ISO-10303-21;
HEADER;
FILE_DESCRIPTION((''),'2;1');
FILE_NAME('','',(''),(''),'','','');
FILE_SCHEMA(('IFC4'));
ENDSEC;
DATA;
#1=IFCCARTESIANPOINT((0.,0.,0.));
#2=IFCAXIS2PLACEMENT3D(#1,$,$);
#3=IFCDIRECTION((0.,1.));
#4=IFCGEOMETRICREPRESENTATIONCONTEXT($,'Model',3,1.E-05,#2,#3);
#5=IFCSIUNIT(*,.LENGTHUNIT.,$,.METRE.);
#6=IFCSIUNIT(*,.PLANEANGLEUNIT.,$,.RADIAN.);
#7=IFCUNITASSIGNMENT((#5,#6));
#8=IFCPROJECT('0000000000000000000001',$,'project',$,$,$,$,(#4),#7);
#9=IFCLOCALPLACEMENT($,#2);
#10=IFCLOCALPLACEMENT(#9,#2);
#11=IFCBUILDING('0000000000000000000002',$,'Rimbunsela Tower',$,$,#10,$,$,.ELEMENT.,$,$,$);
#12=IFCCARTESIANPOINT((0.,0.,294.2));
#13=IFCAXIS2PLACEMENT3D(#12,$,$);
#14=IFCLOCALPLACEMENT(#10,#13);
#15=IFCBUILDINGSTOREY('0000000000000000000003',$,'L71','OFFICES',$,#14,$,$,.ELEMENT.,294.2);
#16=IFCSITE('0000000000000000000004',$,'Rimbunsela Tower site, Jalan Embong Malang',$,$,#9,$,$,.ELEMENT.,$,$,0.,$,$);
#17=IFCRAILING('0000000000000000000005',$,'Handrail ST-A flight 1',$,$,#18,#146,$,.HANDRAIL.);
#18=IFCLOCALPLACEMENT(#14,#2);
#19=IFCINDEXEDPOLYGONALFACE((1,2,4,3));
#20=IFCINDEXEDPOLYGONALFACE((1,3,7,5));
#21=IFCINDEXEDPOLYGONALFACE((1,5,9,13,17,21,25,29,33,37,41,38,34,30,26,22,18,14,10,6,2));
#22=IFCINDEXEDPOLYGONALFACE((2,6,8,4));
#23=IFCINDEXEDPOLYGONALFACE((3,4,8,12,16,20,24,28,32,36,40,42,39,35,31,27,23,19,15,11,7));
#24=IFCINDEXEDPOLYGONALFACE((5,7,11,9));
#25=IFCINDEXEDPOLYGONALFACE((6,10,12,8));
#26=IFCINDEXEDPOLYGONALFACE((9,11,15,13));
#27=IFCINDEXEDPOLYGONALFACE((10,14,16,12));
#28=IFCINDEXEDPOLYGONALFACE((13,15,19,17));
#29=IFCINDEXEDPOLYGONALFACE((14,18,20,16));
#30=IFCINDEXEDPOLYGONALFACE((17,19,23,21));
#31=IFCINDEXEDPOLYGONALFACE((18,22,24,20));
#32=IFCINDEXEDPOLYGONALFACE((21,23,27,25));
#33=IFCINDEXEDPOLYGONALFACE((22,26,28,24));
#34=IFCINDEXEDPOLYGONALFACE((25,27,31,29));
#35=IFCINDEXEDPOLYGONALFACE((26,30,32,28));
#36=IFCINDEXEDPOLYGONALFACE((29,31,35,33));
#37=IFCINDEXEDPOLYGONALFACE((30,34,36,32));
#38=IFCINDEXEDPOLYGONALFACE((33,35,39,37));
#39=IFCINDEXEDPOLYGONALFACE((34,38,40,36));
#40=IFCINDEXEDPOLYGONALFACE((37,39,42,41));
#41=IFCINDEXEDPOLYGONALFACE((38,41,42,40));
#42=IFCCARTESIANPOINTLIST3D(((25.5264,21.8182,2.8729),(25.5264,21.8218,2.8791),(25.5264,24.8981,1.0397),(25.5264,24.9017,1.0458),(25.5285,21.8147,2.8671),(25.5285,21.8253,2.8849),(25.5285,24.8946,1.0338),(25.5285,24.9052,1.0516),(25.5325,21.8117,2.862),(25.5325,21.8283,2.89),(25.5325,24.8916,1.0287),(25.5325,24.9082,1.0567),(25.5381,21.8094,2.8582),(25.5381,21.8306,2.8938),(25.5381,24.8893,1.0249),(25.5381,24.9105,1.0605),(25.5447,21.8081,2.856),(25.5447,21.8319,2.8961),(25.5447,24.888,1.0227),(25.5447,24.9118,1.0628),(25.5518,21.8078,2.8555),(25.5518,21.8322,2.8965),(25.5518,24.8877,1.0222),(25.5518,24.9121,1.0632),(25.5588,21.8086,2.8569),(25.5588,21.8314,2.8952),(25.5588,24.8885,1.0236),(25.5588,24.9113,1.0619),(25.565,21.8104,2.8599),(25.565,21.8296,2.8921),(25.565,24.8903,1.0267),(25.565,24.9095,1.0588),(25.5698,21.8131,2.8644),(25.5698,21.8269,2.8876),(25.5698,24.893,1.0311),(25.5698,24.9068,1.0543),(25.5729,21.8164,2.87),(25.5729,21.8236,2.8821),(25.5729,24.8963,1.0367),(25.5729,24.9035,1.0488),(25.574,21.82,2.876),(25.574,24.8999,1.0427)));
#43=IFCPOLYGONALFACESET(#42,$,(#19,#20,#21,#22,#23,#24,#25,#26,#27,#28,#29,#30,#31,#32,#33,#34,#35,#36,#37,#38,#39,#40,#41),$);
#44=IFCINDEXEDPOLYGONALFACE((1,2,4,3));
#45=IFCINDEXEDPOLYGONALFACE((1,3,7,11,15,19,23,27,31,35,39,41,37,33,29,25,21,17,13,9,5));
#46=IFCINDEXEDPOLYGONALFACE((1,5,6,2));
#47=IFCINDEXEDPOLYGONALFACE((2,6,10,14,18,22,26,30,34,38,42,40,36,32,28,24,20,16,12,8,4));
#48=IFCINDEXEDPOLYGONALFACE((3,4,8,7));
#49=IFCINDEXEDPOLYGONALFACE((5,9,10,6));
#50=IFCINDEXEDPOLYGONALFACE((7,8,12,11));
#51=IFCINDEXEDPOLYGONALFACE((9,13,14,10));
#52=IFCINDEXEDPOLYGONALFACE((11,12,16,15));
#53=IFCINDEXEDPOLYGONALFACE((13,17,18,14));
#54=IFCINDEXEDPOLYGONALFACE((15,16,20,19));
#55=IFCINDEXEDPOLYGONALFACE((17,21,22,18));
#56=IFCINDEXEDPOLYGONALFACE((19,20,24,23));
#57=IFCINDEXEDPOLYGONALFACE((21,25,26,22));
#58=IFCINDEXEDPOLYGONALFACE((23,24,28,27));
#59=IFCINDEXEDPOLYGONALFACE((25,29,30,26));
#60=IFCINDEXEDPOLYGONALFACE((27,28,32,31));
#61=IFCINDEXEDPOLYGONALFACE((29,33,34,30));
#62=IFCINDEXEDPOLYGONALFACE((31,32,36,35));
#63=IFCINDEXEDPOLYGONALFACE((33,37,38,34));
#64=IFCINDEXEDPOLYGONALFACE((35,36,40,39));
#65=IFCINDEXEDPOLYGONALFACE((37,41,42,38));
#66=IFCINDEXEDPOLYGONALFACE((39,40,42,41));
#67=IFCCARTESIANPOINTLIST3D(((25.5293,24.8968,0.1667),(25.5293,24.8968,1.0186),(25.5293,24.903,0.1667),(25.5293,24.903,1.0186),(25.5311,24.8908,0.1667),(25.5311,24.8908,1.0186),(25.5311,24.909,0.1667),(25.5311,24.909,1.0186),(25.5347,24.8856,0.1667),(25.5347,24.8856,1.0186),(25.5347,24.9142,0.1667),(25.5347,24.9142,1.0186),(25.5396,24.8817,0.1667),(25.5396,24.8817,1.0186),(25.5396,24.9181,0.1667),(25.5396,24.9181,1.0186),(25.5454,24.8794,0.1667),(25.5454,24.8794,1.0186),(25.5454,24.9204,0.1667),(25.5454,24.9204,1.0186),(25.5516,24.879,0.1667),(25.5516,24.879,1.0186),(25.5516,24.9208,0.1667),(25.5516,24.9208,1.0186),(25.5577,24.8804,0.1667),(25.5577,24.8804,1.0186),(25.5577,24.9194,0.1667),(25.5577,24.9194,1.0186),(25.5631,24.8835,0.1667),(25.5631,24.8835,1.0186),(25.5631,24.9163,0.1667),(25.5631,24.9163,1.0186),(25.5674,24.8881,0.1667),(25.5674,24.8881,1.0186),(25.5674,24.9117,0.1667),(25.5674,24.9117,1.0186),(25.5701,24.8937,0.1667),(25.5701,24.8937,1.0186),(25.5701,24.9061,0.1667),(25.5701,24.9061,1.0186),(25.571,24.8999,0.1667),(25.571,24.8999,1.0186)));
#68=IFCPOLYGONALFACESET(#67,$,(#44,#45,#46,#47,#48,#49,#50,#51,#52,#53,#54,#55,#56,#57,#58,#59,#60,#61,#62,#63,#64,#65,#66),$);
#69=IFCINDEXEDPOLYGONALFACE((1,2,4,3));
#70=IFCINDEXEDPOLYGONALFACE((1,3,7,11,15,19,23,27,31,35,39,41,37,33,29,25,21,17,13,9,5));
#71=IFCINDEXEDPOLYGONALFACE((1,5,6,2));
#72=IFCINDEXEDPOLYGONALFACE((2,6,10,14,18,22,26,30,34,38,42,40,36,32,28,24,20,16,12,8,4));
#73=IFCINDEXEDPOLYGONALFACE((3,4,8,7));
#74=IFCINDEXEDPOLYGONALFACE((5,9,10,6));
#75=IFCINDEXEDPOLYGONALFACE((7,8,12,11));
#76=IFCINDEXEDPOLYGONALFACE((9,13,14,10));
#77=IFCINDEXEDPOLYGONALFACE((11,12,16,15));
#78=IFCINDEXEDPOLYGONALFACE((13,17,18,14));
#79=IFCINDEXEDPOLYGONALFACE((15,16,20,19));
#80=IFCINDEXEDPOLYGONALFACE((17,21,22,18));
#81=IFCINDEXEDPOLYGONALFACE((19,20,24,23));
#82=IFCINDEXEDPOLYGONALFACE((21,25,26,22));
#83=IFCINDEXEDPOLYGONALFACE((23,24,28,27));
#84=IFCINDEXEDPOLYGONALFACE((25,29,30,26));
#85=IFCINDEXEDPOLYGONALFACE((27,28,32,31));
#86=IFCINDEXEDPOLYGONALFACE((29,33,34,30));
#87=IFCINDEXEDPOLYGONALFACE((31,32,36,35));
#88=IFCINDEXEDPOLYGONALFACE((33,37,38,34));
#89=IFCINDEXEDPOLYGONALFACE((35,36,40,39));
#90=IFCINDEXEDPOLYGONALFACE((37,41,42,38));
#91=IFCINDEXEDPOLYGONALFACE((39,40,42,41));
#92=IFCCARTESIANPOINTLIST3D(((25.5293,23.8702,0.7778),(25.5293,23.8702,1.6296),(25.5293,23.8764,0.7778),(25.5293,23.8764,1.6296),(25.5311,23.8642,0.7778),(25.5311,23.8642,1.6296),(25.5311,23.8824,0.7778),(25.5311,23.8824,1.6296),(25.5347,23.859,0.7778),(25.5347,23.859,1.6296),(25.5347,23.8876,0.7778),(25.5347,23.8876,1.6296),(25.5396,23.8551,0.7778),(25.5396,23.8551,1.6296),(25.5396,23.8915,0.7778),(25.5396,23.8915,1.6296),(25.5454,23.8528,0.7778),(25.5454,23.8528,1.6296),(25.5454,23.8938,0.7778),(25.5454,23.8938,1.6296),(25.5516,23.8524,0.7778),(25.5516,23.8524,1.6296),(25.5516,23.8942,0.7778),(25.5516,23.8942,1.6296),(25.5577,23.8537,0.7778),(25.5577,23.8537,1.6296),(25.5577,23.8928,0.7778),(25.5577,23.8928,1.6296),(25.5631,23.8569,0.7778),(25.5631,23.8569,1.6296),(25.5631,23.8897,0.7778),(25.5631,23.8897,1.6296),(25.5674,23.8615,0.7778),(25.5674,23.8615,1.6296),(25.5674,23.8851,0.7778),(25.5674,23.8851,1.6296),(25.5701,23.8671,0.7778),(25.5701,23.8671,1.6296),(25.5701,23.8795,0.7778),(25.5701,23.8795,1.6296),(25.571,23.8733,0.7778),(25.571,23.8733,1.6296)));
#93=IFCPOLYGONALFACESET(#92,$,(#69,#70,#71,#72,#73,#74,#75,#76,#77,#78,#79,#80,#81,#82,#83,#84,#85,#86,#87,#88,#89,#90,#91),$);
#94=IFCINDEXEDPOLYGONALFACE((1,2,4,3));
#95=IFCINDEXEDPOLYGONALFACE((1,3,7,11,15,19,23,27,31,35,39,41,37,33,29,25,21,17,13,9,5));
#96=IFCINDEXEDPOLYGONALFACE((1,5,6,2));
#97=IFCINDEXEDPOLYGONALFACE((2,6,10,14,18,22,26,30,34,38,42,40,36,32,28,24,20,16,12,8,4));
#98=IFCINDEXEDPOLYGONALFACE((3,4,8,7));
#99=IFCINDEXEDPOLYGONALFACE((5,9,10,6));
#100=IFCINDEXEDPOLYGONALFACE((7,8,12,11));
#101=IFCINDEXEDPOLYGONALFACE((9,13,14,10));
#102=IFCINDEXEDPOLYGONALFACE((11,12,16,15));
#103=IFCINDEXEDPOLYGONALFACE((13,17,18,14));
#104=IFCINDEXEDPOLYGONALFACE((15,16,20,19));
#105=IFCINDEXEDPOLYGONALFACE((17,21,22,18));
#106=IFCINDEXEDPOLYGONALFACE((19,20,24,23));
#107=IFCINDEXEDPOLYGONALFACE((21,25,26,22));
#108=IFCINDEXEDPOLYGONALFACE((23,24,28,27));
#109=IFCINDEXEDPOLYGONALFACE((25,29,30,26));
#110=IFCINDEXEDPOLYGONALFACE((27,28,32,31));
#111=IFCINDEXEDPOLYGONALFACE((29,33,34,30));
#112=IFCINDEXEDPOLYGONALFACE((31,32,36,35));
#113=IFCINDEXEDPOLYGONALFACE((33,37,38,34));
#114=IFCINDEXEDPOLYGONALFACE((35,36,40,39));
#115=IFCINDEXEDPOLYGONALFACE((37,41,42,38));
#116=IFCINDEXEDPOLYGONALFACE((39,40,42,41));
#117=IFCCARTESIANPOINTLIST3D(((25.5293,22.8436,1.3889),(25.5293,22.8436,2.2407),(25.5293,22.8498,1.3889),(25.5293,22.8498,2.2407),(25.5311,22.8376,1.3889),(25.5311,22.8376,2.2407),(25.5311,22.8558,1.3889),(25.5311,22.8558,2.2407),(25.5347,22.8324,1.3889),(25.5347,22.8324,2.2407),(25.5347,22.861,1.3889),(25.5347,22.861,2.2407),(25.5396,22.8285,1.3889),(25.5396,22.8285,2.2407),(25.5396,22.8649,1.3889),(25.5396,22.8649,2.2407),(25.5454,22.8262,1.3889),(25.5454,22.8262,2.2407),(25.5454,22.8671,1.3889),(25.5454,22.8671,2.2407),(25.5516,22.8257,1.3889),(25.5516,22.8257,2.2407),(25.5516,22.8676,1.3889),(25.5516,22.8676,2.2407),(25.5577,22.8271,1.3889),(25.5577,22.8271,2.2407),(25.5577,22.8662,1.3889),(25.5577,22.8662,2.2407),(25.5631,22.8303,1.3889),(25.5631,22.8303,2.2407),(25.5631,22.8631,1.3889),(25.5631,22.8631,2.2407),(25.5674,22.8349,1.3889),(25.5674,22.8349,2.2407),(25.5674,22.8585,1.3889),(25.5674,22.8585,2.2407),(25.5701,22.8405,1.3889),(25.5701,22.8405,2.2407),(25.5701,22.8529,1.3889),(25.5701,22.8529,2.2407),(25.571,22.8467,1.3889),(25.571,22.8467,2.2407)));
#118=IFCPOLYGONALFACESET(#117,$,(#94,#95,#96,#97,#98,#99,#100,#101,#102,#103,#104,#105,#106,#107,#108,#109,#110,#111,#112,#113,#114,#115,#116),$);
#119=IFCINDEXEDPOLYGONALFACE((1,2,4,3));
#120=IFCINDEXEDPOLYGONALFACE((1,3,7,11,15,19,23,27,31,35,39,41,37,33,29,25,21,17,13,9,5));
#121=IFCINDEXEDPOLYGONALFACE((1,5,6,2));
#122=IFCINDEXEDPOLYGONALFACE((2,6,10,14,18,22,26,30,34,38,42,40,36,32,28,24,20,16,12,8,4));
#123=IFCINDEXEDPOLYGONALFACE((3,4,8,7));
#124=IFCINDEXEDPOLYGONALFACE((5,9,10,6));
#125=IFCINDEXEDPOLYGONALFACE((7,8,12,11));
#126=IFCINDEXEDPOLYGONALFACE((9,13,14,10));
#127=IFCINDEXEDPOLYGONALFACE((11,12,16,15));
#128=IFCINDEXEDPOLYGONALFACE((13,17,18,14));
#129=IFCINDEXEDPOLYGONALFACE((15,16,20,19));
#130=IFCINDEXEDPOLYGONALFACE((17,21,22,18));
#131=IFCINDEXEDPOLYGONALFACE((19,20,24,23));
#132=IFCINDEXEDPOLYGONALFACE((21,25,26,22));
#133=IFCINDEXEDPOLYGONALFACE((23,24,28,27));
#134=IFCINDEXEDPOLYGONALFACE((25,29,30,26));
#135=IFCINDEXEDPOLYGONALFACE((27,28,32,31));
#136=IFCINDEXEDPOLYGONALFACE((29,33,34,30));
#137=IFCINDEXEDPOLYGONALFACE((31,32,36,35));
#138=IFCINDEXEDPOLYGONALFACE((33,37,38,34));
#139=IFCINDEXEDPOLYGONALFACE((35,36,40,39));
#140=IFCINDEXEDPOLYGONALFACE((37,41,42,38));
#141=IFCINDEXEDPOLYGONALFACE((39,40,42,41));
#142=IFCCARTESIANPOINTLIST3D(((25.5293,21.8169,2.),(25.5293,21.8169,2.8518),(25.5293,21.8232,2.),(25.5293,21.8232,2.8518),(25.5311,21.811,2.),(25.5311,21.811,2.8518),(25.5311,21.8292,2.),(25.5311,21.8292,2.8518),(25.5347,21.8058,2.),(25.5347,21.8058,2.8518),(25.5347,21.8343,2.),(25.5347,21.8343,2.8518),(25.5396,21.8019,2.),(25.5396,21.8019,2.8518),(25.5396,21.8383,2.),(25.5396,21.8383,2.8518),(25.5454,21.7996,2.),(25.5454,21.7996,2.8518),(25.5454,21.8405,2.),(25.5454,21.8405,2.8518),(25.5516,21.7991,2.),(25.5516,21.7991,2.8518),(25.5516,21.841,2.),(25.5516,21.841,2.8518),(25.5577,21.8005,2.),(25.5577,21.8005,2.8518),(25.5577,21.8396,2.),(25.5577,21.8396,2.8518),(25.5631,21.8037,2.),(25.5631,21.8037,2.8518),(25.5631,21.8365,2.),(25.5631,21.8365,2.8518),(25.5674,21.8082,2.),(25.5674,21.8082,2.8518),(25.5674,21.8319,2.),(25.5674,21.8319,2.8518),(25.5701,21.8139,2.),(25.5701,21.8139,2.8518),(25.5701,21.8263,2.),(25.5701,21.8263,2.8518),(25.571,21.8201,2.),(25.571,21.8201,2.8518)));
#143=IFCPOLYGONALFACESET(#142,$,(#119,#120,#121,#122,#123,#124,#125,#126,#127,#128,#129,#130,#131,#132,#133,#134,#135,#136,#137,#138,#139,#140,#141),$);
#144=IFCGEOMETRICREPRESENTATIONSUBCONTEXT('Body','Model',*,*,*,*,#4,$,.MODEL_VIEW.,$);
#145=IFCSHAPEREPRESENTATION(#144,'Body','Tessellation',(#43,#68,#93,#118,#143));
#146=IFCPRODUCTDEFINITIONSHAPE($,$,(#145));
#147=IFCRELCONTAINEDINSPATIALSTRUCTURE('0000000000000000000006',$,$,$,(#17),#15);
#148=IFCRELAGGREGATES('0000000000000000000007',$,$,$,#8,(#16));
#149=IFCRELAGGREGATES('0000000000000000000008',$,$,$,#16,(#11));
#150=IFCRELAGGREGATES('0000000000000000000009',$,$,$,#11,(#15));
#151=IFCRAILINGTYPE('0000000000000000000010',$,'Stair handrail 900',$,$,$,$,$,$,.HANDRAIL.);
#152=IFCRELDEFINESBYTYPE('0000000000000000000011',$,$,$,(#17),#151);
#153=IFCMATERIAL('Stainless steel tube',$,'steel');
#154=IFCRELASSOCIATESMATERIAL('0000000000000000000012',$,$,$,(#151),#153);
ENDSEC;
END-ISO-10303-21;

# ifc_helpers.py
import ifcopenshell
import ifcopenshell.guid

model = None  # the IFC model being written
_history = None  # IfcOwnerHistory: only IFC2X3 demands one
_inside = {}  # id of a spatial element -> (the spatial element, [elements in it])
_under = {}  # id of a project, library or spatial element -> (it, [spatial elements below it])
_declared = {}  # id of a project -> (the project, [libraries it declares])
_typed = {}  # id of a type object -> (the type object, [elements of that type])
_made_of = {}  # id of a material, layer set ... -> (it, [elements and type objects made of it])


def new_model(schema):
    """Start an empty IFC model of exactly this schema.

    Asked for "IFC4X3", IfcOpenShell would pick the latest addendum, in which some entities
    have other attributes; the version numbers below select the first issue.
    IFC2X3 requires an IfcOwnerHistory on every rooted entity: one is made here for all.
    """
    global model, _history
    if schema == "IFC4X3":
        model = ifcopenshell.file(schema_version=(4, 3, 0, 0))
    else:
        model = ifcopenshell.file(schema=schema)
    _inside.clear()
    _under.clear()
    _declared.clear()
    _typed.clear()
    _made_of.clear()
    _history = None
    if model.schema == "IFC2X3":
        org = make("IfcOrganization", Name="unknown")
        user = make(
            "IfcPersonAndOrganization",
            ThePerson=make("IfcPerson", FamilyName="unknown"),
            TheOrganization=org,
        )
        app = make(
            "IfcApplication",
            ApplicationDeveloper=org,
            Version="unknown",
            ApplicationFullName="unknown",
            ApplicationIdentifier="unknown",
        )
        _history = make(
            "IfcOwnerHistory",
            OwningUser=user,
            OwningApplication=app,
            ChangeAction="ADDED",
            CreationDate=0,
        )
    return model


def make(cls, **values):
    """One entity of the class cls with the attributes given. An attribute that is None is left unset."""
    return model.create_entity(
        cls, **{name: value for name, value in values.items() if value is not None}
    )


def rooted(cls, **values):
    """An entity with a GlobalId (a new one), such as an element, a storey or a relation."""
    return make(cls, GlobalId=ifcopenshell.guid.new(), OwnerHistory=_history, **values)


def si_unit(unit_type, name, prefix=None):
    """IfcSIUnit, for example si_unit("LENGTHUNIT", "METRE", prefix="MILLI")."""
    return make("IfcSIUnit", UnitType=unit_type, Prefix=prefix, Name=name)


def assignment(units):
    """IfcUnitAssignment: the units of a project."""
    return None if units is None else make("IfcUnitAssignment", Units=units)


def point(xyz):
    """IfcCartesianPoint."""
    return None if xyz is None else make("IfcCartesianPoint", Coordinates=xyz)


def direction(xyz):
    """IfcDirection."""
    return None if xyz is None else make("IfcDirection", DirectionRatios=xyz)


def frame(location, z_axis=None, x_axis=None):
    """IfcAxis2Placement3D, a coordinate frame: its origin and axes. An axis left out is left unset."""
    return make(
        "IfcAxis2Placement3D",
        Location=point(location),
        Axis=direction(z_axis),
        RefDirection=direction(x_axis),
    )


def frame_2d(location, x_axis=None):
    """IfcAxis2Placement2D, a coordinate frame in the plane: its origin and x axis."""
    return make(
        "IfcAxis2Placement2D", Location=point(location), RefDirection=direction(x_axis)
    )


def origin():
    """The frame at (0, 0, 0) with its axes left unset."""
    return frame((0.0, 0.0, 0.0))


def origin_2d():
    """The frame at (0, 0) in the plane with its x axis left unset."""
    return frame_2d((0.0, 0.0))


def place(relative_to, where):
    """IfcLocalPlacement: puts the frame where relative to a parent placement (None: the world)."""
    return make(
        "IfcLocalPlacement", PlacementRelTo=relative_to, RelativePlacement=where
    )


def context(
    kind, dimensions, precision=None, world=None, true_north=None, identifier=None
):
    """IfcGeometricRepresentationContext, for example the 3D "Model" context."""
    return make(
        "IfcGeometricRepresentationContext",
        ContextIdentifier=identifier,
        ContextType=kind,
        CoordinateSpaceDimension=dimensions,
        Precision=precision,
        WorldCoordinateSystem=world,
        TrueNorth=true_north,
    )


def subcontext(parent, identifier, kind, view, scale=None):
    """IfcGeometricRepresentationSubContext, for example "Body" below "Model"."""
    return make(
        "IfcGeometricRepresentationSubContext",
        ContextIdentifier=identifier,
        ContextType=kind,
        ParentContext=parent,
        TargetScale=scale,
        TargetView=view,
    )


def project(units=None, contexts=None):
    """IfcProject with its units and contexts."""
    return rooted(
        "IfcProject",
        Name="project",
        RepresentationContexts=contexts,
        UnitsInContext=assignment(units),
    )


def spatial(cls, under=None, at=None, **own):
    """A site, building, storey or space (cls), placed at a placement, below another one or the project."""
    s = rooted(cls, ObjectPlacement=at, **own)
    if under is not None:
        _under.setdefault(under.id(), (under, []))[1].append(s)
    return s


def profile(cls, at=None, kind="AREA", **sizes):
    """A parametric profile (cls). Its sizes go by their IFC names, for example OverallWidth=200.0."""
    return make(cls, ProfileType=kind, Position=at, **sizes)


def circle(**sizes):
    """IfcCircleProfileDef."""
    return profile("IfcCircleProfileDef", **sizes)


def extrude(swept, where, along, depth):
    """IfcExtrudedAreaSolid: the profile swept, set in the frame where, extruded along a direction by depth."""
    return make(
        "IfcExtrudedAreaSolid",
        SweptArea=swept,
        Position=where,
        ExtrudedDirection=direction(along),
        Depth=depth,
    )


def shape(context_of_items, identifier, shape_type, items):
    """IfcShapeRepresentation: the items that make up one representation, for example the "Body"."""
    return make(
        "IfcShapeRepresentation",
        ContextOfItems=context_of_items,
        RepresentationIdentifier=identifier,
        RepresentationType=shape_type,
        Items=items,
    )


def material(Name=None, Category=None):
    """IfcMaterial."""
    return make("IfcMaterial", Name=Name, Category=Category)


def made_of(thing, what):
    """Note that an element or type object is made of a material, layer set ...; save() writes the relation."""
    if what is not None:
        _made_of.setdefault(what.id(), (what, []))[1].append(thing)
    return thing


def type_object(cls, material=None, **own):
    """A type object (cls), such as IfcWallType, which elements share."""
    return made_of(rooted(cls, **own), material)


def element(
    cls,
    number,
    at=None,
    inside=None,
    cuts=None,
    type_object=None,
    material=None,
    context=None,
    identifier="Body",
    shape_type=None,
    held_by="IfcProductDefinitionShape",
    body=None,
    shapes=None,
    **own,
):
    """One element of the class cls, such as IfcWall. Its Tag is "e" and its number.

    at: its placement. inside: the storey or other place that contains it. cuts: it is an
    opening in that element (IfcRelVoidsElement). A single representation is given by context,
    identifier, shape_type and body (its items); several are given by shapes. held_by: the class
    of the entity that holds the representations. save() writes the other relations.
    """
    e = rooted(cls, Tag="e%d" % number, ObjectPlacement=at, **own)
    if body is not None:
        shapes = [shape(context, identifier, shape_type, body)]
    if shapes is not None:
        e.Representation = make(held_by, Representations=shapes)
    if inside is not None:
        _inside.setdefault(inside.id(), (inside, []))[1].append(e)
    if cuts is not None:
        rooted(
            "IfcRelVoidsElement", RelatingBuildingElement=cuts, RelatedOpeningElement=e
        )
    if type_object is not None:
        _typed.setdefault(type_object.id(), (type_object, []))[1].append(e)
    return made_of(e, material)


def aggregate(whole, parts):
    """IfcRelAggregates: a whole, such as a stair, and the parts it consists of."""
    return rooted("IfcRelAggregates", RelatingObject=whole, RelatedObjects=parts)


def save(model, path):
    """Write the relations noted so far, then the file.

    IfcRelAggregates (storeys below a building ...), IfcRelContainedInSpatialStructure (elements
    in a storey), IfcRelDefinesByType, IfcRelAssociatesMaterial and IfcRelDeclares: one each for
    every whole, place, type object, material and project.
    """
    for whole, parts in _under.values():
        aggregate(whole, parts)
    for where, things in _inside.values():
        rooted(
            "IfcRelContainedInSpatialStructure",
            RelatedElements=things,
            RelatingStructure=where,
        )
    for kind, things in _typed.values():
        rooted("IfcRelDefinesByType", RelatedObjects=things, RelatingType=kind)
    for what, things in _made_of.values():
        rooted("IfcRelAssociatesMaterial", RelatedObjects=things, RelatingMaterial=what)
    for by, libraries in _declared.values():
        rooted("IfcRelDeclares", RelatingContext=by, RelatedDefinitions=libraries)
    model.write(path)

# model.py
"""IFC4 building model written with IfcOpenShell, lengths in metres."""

from ifc_helpers import new_model, si_unit, direction, frame, origin, origin_2d, place, context, subcontext, project, spatial, circle, extrude, material, type_object, element, save


model = new_model("IFC4")

# Units and contexts
model_context = context("Model", 3, precision=1e-05, world=origin(), true_north=direction((0.0, 1.0)))
body_context = subcontext(model_context, "Body", "Model", "MODEL_VIEW")
ifc_project = project(units=[si_unit("LENGTHUNIT", "METRE"), si_unit("PLANEANGLEUNIT", "RADIAN")], contexts=[model_context])

# Site, building, storey
site_placement = place(None, origin())
site = spatial("IfcSite", under=ifc_project, at=site_placement, Name="Rimbunsela Tower site, Jalan Embong Malang", CompositionType="ELEMENT", RefElevation=0.0)
building_placement = place(site_placement, origin())
building = spatial("IfcBuilding", under=site, at=building_placement, Name="Rimbunsela Tower", CompositionType="ELEMENT")
storey_placement = place(building_placement, frame((0.0, 0.0, 294.2)))
storey = spatial("IfcBuildingStorey", under=building, at=storey_placement, Name="L71", Description="OFFICES", CompositionType="ELEMENT", Elevation=294.2)

# Railing
ifc_material_1 = material(Name="Stainless steel tube", Category="steel")
railing_type = type_object("IfcRailingType", Name="Stair handrail 900", PredefinedType="HANDRAIL", material=ifc_material_1)
for number, where, name in (
    (1, (25.55, 24.8999, 0.1667), "Handrail ST-A flight 1"),
):
    element("IfcRailing", number, at=place(storey_placement, frame(where)), inside=storey, type_object=railing_type, Name=name, PredefinedType="HANDRAIL", context=body_context, shape_type="SweptSolid", body=[
        extrude(circle(Radius=0.0239, at=origin_2d()), frame((0.0, 0.0, 0.876), z_axis=(0.0, -0.859291, 0.511487), x_axis=(1.0, 0.0, 0.0)), (0.0, 0.0, 1.0), 3.5842),
        extrude(circle(Radius=0.021, at=origin_2d()), origin(), (0.0, 0.0, 1.0), 0.8518),
        extrude(circle(Radius=0.021, at=origin_2d()), frame((0.0, -1.0266, 0.6111)), (0.0, 0.0, 1.0), 0.8518),
        extrude(circle(Radius=0.021, at=origin_2d()), frame((0.0, -2.0532, 1.2222)), (0.0, 0.0, 1.0), 0.8518),
        extrude(circle(Radius=0.021, at=origin_2d()), frame((0.0, -3.0798, 1.8333)), (0.0, 0.0, 1.0), 0.8518),
    ])

save(model, "model.ifc")
